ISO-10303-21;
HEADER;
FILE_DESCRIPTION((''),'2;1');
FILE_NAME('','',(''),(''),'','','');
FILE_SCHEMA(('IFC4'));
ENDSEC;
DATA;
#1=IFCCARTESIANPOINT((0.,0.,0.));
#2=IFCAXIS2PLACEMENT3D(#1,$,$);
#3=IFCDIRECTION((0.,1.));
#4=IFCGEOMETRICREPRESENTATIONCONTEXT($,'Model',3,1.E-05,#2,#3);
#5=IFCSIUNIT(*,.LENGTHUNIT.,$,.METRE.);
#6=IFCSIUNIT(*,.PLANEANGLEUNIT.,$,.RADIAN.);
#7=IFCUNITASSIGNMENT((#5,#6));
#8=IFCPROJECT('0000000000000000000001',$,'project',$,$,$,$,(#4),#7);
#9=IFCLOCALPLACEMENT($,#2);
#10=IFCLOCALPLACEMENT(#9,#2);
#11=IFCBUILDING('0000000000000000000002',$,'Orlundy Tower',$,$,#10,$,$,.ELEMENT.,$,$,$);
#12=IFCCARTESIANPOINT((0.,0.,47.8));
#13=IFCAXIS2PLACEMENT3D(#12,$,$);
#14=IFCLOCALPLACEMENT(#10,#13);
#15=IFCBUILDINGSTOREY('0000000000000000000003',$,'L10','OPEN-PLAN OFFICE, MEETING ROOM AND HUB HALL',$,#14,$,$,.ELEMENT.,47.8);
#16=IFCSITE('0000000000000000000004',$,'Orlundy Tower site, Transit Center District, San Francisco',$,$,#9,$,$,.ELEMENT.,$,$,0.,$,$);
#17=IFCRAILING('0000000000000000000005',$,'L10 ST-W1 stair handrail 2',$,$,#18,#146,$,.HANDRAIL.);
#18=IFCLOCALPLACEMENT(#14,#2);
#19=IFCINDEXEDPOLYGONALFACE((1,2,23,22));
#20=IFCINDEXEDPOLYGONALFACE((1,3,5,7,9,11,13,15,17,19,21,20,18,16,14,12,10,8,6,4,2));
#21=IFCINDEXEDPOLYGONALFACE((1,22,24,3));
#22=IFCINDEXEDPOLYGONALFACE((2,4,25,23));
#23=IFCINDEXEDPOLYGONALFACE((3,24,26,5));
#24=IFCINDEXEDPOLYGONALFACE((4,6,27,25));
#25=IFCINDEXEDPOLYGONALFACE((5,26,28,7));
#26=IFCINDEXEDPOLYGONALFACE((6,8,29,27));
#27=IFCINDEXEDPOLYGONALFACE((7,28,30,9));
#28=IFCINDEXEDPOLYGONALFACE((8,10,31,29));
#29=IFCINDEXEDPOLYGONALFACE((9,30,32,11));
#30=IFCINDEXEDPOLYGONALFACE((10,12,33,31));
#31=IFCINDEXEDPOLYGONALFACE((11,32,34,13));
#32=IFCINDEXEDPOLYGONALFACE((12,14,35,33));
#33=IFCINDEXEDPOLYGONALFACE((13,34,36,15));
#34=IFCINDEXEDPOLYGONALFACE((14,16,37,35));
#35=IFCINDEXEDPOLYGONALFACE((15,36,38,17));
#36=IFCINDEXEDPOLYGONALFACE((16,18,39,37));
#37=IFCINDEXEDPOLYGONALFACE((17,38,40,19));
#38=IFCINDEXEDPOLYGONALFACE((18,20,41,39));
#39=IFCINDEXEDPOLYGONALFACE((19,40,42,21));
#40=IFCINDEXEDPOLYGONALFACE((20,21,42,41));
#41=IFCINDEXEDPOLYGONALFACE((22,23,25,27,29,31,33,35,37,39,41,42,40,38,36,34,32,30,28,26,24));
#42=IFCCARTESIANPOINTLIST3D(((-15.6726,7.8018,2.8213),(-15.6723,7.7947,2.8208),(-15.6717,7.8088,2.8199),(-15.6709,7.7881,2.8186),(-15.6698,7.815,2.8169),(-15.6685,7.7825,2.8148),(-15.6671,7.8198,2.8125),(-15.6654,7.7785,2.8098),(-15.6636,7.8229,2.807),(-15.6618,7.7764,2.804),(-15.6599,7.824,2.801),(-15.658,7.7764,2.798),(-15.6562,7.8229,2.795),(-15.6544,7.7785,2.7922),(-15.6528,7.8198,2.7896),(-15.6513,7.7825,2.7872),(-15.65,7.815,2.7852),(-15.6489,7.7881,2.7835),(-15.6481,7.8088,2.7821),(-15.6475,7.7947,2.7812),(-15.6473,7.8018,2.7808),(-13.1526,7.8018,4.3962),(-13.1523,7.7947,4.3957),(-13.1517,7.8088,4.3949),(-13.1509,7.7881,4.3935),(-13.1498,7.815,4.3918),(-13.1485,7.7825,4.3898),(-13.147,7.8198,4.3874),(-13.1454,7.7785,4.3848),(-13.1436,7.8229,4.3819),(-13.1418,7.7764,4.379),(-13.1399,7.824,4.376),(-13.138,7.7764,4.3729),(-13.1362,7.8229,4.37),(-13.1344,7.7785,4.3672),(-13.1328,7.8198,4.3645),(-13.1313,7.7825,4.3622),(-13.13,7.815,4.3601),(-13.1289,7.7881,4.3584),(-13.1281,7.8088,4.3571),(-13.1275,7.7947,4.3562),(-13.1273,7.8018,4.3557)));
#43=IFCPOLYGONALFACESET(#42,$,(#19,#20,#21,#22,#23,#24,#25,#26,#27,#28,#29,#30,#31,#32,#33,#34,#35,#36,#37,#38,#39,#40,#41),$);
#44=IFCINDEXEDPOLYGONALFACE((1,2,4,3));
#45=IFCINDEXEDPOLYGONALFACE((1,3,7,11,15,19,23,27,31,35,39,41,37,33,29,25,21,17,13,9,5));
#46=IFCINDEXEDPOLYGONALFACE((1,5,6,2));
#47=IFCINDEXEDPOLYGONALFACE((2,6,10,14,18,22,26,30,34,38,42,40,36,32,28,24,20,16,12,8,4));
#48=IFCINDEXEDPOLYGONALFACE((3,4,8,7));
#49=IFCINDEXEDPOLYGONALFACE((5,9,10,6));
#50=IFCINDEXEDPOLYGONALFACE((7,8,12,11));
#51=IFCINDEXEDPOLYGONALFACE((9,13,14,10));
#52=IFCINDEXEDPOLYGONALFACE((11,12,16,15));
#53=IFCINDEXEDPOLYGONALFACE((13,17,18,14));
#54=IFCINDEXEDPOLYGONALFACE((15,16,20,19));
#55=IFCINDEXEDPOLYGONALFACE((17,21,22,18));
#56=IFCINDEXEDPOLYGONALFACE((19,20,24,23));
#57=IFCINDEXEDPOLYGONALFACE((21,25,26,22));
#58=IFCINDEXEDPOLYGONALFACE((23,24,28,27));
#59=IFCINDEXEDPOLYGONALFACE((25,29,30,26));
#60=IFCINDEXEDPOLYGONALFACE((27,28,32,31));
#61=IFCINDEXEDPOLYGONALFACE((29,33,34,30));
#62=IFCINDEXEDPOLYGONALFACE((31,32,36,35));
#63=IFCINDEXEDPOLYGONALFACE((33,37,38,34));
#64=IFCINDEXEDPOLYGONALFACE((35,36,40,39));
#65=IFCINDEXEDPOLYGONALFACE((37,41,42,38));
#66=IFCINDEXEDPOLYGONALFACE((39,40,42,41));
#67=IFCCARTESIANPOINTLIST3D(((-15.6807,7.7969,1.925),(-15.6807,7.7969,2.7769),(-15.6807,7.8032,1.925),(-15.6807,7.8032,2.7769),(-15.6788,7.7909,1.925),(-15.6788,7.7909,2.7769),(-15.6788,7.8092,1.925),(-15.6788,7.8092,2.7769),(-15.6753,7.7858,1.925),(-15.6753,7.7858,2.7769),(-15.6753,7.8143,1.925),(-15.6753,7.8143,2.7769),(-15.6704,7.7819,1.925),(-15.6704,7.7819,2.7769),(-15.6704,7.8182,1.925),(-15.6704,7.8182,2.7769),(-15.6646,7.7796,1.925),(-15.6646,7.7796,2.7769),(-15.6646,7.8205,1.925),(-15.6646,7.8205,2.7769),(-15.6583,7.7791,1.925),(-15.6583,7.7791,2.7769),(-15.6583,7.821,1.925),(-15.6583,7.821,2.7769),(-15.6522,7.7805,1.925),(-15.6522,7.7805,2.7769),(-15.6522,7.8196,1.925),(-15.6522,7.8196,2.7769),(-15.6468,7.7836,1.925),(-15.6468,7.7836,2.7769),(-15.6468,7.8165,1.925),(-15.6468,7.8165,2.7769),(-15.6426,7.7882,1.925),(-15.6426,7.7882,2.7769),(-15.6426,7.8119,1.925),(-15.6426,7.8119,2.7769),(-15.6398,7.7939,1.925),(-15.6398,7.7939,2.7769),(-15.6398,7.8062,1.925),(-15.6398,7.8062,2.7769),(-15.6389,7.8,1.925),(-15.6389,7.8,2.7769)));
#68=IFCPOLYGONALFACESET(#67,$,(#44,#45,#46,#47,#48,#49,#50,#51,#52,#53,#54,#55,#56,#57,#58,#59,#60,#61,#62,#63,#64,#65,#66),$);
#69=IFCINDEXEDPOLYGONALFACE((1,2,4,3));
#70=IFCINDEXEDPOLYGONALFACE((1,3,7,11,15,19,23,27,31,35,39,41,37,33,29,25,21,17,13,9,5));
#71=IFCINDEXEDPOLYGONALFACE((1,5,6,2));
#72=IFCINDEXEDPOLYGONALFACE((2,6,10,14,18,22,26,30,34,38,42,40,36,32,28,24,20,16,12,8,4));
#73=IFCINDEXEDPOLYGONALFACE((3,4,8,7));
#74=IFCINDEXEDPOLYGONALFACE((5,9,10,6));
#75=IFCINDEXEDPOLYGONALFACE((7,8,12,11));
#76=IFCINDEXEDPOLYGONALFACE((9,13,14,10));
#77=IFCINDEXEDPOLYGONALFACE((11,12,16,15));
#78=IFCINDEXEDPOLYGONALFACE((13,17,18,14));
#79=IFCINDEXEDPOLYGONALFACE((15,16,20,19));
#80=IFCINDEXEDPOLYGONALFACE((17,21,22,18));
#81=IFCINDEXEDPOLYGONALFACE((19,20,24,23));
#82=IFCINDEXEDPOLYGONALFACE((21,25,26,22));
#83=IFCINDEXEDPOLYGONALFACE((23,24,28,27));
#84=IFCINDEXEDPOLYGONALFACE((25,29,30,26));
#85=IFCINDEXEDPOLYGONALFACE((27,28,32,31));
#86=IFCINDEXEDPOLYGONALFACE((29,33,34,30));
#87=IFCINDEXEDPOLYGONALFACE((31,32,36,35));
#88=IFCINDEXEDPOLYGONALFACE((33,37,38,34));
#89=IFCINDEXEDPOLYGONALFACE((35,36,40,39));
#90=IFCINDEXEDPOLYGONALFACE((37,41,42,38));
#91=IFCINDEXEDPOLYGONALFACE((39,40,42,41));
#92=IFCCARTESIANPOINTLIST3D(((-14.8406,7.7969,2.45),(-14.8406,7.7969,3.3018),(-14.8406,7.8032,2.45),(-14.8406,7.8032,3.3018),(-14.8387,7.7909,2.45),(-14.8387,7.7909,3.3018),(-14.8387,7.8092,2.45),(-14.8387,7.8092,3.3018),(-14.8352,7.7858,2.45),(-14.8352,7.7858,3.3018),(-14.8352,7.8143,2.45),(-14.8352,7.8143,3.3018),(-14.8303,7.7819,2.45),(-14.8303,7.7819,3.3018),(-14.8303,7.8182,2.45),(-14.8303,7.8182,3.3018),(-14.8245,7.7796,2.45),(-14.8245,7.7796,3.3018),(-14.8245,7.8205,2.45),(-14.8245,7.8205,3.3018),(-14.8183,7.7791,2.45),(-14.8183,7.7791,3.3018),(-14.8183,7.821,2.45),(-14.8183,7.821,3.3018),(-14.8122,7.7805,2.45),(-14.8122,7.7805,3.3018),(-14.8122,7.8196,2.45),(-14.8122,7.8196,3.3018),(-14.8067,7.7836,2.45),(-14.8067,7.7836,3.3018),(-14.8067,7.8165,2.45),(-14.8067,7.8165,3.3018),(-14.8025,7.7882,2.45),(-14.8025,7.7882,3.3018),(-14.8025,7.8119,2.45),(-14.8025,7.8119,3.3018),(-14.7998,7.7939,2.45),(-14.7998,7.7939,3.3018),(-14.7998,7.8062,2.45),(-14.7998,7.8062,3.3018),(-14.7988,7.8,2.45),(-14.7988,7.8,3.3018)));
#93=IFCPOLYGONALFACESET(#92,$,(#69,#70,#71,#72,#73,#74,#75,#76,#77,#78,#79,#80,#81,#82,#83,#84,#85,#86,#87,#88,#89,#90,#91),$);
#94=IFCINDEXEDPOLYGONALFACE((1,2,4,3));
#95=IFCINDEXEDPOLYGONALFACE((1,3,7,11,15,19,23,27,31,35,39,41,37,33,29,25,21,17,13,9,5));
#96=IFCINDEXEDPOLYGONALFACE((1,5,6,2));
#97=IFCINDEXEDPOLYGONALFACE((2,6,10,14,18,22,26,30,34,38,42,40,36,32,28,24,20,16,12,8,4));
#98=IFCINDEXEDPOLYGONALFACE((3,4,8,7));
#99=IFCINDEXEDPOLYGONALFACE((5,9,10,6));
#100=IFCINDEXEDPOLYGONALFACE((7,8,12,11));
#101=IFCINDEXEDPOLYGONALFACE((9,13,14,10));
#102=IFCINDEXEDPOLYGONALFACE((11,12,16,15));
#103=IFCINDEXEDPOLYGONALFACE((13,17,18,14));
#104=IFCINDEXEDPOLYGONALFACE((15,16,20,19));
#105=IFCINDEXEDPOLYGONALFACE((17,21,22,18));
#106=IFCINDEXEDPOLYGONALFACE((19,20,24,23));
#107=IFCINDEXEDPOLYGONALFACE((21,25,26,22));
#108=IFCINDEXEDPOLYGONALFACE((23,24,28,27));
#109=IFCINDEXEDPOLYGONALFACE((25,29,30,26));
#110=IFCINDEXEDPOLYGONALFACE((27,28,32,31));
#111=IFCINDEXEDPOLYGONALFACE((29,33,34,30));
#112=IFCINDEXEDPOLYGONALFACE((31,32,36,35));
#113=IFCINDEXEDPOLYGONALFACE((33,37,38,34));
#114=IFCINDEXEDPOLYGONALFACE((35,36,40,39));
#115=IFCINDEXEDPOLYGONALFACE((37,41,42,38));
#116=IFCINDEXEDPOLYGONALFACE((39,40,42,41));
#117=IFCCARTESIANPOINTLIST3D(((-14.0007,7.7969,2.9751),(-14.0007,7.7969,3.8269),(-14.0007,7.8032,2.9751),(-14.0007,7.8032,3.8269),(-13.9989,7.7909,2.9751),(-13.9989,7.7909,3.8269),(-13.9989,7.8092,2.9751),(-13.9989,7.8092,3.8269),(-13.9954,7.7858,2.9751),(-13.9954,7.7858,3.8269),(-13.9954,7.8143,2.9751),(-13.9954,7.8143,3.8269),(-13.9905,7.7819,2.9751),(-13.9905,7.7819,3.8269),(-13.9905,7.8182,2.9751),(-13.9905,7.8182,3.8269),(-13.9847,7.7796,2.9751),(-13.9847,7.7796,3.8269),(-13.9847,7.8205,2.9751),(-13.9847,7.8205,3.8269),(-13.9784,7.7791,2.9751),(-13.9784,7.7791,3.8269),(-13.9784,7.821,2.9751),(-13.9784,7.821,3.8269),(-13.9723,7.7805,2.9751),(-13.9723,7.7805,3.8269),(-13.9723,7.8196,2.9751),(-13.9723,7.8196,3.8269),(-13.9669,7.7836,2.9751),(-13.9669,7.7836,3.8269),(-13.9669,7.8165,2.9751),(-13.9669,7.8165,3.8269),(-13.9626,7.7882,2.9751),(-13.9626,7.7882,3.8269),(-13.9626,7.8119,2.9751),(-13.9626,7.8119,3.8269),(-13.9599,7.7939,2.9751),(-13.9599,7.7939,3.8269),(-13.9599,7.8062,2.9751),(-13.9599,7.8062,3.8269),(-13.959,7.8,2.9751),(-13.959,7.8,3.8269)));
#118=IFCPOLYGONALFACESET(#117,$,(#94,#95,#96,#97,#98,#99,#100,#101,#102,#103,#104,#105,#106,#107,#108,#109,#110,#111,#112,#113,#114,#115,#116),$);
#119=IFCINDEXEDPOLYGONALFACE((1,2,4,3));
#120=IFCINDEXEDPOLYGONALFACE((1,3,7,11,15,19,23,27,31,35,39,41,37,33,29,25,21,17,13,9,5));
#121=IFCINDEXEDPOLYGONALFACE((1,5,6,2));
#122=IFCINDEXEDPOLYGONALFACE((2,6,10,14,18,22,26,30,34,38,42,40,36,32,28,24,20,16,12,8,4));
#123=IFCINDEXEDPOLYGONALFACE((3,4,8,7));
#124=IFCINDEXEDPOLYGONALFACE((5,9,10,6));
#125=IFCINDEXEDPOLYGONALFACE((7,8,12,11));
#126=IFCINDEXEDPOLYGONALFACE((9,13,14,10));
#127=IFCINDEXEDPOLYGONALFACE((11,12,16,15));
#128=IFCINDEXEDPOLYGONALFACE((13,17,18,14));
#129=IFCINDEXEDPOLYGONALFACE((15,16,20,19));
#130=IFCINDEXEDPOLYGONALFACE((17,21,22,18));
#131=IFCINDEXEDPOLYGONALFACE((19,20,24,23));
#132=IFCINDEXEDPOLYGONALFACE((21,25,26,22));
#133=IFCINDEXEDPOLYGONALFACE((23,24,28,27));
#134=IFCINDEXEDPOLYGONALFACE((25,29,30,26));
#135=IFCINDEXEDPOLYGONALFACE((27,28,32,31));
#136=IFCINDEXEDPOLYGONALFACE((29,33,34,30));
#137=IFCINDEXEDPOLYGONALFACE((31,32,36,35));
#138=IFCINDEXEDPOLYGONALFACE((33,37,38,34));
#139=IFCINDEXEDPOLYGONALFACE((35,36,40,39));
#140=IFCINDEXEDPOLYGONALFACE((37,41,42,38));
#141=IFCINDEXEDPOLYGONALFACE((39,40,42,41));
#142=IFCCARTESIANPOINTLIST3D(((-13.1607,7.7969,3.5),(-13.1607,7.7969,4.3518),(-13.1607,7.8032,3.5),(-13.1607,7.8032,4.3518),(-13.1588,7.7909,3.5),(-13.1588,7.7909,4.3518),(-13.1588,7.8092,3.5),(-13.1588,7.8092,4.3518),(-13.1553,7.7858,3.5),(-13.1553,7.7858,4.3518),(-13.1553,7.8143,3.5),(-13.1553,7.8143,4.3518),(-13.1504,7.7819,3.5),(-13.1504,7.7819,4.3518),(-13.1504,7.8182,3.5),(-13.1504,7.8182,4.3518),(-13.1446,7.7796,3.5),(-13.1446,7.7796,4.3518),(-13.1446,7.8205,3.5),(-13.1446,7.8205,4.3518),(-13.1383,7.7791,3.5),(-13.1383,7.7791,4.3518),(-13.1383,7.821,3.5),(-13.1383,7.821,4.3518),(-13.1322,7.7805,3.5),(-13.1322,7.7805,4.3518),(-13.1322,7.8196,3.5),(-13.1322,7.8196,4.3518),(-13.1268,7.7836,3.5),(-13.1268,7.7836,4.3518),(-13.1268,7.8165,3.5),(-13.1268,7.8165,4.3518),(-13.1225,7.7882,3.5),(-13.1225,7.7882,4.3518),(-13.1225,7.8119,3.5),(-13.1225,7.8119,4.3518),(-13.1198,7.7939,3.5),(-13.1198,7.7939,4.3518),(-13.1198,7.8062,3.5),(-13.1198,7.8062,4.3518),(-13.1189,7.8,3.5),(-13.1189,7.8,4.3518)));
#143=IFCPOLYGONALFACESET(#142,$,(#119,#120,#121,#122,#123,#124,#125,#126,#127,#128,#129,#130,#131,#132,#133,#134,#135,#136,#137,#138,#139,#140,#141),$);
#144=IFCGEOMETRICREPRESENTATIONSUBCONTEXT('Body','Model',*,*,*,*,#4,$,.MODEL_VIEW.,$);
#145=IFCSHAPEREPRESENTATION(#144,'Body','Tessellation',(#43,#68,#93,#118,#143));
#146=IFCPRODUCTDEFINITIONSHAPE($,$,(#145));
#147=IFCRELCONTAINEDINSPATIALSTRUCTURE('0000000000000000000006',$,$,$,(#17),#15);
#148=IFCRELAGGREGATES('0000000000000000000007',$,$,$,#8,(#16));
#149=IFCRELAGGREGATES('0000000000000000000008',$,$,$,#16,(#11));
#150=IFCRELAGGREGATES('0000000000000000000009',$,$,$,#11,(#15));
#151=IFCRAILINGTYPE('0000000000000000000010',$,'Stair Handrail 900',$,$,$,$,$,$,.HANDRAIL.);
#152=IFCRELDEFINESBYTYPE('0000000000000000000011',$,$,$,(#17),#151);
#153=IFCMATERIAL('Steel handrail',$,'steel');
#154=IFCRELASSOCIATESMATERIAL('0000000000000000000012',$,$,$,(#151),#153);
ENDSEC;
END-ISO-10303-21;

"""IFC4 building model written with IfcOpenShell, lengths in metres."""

from ifc_helpers import new_model, si_unit, direction, frame, origin, origin_2d, place, context, subcontext, project, spatial, circle, extrude, material, type_object, element, save


model = new_model("IFC4")

# Units and contexts
model_context = context("Model", 3, precision=1e-05, world=origin(), true_north=direction((0.0, 1.0)))
body_context = subcontext(model_context, "Body", "Model", "MODEL_VIEW")
ifc_project = project(units=[si_unit("LENGTHUNIT", "METRE"), si_unit("PLANEANGLEUNIT", "RADIAN")], contexts=[model_context])

# Site, building, storey
site_placement = place(None, origin())
site = spatial("IfcSite", under=ifc_project, at=site_placement, Name="Orlundy Tower site, Transit Center District, San Francisco", CompositionType="ELEMENT", RefElevation=0.0)
building_placement = place(site_placement, origin())
building = spatial("IfcBuilding", under=site, at=building_placement, Name="Orlundy Tower", CompositionType="ELEMENT")
storey_placement = place(building_placement, frame((0.0, 0.0, 47.8)))
storey = spatial("IfcBuildingStorey", under=building, at=storey_placement, Name="L10", Description="OPEN-PLAN OFFICE, MEETING ROOM AND HUB HALL", CompositionType="ELEMENT", Elevation=47.8)

# Railing
ifc_material_1 = material(Name="Steel handrail", Category="steel")
railing_type_1 = type_object("IfcRailingType", Name="Stair Handrail 900", PredefinedType="HANDRAIL", material=ifc_material_1)
railing_1_placement = place(storey_placement, frame((-15.6599, 7.8, 1.925)))
element("IfcRailing", 1, at=railing_1_placement, inside=storey, type_object=railing_type_1, Name="L10 ST-W1 stair handrail 2", PredefinedType="HANDRAIL", context=body_context, shape_type="SweptSolid", body=[
    extrude(circle(Radius=0.0239, at=origin_2d()), frame((0.0, 0.0, 0.876), z_axis=(0.848008, 0.0, 0.529984), x_axis=(0.0, 1.0, 0.0)), (0.0, 0.0, 1.0), 2.9717),
    extrude(circle(Radius=0.021, at=origin_2d()), origin(), (0.0, 0.0, 1.0), 0.8518),
    extrude(circle(Radius=0.021, at=origin_2d()), frame((0.8401, 0.0, 0.5249)), (0.0, 0.0, 1.0), 0.8518),
    extrude(circle(Radius=0.021, at=origin_2d()), frame((1.6799, 0.0, 1.05)), (0.0, 0.0, 1.0), 0.8518),
    extrude(circle(Radius=0.021, at=origin_2d()), frame((2.52, 0.0, 1.575)), (0.0, 0.0, 1.0), 0.8518),
])

save(model, "model.ifc")
